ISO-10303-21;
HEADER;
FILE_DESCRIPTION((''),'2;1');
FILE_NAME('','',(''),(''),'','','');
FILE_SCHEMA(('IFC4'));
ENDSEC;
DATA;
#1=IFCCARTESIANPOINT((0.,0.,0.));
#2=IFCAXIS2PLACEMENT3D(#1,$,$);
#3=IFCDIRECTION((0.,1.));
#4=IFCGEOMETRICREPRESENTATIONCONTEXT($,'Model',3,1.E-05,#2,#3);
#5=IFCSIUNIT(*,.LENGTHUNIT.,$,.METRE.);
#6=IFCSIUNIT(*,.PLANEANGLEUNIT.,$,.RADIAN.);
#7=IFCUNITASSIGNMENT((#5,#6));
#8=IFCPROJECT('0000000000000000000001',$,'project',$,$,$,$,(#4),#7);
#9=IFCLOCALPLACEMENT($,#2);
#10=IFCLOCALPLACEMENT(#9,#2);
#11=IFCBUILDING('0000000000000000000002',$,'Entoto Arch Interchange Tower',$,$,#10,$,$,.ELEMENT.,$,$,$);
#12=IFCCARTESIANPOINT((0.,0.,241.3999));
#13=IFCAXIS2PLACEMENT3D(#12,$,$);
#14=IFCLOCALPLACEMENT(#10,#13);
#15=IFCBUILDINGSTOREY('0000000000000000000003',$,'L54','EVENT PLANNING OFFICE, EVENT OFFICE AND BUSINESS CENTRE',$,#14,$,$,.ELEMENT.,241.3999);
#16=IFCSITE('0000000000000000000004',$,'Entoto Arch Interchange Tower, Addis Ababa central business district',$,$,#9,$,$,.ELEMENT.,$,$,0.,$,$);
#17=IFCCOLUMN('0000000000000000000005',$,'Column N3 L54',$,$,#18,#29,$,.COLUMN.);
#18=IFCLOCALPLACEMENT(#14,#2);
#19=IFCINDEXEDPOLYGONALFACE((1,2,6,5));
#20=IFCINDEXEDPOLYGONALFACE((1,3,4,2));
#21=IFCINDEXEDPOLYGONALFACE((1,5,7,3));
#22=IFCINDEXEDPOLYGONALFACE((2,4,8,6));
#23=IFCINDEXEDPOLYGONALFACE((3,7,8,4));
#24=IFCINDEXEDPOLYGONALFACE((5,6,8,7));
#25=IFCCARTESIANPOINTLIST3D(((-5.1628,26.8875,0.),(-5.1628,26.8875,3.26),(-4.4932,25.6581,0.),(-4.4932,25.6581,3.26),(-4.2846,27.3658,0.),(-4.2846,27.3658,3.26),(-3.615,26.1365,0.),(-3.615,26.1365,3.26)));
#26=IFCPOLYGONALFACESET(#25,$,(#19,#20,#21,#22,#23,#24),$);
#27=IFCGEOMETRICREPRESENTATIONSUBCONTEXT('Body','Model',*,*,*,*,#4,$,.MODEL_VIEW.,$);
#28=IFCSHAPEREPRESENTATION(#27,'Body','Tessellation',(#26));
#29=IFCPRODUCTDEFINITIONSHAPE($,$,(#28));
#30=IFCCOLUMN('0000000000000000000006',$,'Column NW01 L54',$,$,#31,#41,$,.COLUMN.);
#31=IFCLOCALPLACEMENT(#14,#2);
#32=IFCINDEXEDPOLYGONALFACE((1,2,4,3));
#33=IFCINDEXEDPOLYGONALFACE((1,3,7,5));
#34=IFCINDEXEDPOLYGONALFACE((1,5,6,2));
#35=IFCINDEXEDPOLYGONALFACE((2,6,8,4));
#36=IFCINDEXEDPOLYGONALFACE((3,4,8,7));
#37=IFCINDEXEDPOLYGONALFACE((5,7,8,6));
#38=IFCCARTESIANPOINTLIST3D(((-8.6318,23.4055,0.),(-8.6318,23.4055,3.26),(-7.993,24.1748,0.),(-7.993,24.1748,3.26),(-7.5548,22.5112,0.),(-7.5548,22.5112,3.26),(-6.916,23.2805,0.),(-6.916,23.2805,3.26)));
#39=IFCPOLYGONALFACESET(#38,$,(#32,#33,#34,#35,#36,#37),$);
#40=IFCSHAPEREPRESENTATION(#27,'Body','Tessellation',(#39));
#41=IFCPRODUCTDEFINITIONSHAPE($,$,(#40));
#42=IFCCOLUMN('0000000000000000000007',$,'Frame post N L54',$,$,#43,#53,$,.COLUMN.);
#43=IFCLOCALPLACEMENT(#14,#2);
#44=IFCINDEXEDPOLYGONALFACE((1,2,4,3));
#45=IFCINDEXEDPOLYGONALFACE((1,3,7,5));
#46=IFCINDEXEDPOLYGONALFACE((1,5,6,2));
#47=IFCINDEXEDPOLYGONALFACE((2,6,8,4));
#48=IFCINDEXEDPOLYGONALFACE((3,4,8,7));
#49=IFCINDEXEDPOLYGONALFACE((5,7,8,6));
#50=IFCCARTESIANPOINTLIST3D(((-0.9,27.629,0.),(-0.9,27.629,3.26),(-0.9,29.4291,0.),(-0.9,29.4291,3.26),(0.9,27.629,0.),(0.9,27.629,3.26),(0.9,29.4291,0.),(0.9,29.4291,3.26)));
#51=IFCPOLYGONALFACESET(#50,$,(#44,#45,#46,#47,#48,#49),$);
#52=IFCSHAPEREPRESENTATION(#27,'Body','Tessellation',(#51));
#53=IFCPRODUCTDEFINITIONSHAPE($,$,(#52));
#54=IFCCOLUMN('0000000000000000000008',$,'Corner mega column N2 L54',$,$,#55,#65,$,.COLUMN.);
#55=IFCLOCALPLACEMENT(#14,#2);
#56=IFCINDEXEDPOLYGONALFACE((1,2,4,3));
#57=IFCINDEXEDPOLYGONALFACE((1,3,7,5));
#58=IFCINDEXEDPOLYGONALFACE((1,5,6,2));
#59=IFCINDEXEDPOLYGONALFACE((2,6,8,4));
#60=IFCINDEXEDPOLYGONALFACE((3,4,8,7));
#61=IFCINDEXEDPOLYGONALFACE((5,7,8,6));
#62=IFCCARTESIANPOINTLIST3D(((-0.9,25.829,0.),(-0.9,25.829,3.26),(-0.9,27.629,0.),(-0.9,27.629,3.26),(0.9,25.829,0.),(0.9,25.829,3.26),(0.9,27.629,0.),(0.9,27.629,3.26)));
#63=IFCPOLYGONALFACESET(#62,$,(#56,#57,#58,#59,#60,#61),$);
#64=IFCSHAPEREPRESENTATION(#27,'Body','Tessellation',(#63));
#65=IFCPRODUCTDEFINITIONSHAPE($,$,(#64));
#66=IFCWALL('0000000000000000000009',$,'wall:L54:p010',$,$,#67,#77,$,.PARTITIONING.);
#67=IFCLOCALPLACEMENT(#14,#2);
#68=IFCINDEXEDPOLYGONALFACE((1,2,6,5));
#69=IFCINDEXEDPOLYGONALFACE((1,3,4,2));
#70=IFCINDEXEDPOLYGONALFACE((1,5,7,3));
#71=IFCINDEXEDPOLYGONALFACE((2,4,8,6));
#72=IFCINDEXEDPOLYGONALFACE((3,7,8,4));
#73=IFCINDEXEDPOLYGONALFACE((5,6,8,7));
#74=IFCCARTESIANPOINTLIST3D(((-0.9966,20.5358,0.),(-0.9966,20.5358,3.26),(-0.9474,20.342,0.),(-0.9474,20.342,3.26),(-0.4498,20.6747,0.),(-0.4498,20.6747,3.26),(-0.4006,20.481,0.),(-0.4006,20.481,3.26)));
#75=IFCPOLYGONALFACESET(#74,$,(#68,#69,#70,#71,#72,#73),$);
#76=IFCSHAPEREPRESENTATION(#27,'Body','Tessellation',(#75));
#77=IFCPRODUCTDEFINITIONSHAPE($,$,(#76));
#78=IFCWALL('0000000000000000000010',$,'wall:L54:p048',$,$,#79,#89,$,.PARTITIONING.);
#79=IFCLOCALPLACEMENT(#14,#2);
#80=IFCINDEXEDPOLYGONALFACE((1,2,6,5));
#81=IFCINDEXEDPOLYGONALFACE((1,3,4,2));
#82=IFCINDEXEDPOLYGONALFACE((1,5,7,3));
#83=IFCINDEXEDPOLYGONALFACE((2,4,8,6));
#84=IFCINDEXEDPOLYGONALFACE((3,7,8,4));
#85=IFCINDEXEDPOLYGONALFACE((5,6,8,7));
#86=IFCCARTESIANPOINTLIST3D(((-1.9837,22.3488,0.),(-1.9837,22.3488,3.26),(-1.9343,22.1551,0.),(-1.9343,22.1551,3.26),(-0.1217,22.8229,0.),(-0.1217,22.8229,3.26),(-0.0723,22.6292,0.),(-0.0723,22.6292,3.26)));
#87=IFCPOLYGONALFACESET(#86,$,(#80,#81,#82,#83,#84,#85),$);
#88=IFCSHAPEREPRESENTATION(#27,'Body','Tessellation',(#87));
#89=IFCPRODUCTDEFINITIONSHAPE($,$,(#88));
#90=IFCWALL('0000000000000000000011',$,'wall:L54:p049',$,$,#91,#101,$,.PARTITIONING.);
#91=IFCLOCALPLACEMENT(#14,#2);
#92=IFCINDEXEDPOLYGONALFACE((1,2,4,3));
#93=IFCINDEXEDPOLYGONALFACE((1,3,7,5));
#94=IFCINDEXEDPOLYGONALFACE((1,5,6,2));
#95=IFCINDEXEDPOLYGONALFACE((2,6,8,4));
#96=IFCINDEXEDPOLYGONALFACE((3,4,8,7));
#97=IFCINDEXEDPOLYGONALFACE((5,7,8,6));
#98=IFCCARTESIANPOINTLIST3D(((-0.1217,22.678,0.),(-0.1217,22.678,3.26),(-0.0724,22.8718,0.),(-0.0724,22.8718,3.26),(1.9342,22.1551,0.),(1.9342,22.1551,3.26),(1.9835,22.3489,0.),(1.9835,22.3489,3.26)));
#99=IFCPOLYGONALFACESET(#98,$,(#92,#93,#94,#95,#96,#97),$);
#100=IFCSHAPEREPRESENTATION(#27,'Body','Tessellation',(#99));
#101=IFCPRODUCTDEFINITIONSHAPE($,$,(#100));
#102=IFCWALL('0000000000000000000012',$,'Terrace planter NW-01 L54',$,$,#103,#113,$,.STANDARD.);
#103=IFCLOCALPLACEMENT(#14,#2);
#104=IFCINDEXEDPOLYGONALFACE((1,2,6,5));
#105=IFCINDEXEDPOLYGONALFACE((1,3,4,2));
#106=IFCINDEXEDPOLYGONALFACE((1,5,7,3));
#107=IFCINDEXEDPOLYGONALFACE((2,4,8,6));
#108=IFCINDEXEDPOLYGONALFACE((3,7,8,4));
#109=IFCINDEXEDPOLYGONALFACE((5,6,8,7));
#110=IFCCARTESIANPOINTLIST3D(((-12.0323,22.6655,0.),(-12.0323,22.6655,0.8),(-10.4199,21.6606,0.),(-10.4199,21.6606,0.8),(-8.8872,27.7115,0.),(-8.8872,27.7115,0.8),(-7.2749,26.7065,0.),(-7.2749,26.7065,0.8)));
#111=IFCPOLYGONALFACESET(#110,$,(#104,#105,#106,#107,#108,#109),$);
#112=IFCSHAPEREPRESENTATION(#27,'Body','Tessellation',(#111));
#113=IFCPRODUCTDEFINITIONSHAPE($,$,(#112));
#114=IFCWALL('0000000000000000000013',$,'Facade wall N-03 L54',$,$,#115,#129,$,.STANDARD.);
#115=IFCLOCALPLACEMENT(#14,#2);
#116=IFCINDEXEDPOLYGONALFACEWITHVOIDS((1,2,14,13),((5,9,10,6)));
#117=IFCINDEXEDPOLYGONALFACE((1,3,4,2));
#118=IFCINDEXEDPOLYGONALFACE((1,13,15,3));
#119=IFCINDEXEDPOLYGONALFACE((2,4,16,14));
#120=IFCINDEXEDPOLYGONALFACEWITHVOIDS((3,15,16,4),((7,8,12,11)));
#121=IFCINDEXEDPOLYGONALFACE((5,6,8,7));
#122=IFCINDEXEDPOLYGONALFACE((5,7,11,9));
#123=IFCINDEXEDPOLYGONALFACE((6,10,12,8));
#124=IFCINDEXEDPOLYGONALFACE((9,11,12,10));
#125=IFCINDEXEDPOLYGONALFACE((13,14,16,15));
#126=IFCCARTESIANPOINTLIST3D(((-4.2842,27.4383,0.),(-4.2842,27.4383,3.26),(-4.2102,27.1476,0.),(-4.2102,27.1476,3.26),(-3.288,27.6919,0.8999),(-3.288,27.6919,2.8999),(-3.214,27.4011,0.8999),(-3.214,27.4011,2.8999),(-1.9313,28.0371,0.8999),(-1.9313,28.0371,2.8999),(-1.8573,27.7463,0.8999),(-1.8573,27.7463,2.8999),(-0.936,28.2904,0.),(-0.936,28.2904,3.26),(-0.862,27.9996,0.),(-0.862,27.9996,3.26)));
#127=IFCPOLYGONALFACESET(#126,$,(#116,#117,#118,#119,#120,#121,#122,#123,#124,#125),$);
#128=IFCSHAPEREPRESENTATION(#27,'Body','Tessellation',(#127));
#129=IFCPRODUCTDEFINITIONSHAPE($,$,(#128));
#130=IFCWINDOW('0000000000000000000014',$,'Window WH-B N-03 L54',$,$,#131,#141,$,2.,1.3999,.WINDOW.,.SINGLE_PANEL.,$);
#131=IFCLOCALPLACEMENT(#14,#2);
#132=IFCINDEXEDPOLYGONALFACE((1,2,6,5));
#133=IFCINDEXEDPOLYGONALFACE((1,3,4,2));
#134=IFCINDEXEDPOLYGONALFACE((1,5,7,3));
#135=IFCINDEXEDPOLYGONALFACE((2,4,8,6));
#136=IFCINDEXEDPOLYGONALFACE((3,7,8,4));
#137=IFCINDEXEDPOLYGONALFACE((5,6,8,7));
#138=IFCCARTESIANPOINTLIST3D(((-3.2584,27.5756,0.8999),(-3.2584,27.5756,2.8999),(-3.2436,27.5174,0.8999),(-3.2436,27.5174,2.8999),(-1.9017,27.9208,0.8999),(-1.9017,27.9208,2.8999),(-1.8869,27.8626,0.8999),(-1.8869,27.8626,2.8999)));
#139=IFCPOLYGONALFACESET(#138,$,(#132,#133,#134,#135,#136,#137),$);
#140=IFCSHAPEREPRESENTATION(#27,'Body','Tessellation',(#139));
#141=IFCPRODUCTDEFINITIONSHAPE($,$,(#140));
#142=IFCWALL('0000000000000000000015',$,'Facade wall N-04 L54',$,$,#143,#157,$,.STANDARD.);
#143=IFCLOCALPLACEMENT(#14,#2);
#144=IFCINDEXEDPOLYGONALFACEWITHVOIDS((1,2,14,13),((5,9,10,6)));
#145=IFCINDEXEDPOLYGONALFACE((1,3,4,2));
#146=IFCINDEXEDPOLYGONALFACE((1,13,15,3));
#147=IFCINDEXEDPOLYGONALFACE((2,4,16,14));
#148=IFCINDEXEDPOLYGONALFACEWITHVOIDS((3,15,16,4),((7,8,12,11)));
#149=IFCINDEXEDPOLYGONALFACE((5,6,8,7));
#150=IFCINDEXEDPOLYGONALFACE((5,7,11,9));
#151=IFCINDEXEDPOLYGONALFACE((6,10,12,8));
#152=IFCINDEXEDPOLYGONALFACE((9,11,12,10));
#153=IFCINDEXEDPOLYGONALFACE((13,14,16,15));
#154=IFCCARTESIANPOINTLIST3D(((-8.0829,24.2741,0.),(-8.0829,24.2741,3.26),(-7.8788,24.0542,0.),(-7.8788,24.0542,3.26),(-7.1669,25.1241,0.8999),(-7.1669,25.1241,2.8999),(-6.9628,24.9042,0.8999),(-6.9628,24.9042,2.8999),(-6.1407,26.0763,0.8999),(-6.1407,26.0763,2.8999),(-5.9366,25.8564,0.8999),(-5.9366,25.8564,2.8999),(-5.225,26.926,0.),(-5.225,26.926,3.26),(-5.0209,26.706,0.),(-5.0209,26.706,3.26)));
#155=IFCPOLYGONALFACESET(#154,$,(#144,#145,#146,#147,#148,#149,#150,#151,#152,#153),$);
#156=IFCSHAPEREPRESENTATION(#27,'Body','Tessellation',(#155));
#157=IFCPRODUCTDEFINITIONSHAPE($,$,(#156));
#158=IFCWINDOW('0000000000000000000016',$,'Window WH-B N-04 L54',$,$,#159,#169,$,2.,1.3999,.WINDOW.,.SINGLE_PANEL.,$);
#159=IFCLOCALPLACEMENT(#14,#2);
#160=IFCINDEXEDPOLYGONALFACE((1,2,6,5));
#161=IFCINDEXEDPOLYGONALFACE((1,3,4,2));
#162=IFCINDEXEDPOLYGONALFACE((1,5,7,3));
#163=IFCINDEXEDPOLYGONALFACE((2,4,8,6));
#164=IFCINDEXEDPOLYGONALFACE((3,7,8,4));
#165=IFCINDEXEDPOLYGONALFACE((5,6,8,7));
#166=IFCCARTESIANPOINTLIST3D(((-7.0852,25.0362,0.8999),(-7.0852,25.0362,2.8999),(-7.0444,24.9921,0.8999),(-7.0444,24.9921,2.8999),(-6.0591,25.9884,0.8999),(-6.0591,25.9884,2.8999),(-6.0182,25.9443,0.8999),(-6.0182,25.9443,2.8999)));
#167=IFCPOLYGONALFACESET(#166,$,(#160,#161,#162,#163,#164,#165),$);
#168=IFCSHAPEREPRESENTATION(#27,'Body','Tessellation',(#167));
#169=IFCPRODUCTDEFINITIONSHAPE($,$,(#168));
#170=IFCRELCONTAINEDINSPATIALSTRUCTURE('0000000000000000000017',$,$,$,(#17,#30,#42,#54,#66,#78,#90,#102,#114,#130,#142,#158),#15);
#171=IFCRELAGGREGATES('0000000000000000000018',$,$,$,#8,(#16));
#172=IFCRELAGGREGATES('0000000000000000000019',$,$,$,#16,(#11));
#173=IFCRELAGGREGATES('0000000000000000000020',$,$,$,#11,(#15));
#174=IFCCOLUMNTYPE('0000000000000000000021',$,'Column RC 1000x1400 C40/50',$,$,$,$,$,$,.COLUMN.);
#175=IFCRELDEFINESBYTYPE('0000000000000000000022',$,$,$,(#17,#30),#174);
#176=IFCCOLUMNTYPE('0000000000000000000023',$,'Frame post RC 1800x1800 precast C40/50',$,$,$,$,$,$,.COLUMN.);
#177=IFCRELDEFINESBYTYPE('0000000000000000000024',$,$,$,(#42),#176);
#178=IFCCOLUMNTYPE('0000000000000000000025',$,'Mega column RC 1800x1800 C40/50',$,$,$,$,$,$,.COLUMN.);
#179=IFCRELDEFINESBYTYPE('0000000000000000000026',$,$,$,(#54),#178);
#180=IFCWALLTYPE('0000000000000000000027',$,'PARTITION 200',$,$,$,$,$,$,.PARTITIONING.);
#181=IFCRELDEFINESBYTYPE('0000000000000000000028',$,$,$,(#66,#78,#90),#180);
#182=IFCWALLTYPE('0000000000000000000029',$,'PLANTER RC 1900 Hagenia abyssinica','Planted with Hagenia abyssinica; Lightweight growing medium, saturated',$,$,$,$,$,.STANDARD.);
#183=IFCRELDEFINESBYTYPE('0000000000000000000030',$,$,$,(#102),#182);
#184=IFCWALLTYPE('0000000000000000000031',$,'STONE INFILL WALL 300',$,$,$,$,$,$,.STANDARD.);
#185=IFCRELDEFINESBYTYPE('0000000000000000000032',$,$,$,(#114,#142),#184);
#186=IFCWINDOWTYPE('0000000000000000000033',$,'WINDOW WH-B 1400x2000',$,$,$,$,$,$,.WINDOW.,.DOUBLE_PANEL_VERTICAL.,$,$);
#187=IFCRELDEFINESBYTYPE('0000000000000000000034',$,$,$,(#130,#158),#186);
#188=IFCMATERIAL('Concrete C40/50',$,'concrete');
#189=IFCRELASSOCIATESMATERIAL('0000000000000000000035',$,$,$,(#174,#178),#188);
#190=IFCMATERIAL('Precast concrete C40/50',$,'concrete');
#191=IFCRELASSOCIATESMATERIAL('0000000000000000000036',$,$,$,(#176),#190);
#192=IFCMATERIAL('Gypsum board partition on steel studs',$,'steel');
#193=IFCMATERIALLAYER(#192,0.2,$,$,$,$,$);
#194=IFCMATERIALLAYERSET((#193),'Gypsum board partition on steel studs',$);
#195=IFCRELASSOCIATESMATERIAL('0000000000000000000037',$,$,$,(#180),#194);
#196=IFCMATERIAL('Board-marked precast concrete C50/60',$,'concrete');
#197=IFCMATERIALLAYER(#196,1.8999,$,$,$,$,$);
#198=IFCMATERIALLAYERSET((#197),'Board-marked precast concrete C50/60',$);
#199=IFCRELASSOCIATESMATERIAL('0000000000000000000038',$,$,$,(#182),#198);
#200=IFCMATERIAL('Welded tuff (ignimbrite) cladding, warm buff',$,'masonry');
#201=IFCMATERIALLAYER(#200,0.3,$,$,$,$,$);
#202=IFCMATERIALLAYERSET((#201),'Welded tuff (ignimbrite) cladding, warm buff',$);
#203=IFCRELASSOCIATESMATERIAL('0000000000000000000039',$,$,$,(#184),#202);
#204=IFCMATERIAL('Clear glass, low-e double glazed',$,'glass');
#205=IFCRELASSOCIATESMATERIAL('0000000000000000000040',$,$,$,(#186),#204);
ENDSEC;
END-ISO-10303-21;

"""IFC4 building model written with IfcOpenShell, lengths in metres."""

from ifc_helpers import new_model, si_unit, direction, frame, frame_2d, origin, origin_2d, place, context, subcontext, project, spatial, rectangle, extrude, material, layer, layer_set, material_profile, profile_set, type_object, element, fill, save


model = new_model("IFC4")

# Units and contexts
model_context = context("Model", 3, precision=1e-05, world=origin(), true_north=direction((0.0, 1.0)))
body_context = subcontext(model_context, "Body", "Model", "MODEL_VIEW")
ifc_project = project(units=[si_unit("LENGTHUNIT", "METRE"), si_unit("PLANEANGLEUNIT", "RADIAN")], contexts=[model_context])

# Site, building, storey
site_placement = place(None, origin())
site = spatial("IfcSite", under=ifc_project, at=site_placement, Name="Entoto Arch Interchange Tower, Addis Ababa central business district", CompositionType="ELEMENT", RefElevation=0.0)
building_placement = place(site_placement, origin())
building = spatial("IfcBuilding", under=site, at=building_placement, Name="Entoto Arch Interchange Tower", CompositionType="ELEMENT")
storey_placement = place(building_placement, frame((0.0, 0.0, 241.3999)))
storey = spatial("IfcBuildingStorey", under=building, at=storey_placement, Name="L54", Description="EVENT PLANNING OFFICE, EVENT OFFICE AND BUSINESS CENTRE", CompositionType="ELEMENT", Elevation=241.3999)

# Columns
ifc_material_1 = material(Name="Concrete C40/50", Category="concrete")
ifc_material_profile_1 = material_profile(ifc_material_1, rectangle(XDim=1.0, YDim=1.3999, at=origin_2d()))
ifc_profile_set_1 = profile_set([ifc_material_profile_1], Name="Concrete C40/50")
column_type_1 = type_object("IfcColumnType", Name="Column RC 1000x1400 C40/50", PredefinedType="COLUMN", material=ifc_profile_set_1)
for number, where, z_axis, x_axis, name in (
    (1, (-4.3889, 26.512, 0.0), (0.0, 0.0, 1.0), (0.878175, 0.478339, 0.0), "Column N3 L54"),
    (2, (-7.7739, 23.343, 0.0), (0.0, 0.0, 1.0), (0.638835, 0.769344, 0.0), "Column NW01 L54"),
):
    element("IfcColumn", number, at=place(storey_placement, frame(where, z_axis=z_axis, x_axis=x_axis)), inside=storey, type_object=column_type_1, Name=name, PredefinedType="COLUMN", context=body_context, shape_type="SweptSolid", body=[
        extrude(rectangle(XDim=1.0, YDim=1.3999, at=origin_2d()), origin(), (0.0, 0.0, 1.0), 3.26),
    ])
ifc_material_2 = material(Name="Precast concrete C40/50", Category="concrete")
ifc_material_profile_2 = material_profile(ifc_material_2, rectangle(XDim=1.8, YDim=1.8, at=origin_2d()))
ifc_profile_set_2 = profile_set([ifc_material_profile_2], Name="Precast concrete C40/50")
column_type_2 = type_object("IfcColumnType", Name="Frame post RC 1800x1800 precast C40/50", PredefinedType="COLUMN", material=ifc_profile_set_2)
column_1_placement = place(storey_placement, frame((0.0, 28.5291, 0.0), z_axis=(0.0, 0.0, 1.0), x_axis=(0.0, 1.0, 0.0)))
element("IfcColumn", 3, at=column_1_placement, inside=storey, type_object=column_type_2, Name="Frame post N L54", PredefinedType="COLUMN", context=body_context, shape_type="SweptSolid", body=[
    extrude(rectangle(XDim=1.8, YDim=1.8, at=origin_2d()), origin(), (0.0, 0.0, 1.0), 3.26),
])
ifc_material_profile_3 = material_profile(ifc_material_1, rectangle(XDim=1.8, YDim=1.8, at=origin_2d()))
ifc_profile_set_3 = profile_set([ifc_material_profile_3], Name="Concrete C40/50")
column_type_3 = type_object("IfcColumnType", Name="Mega column RC 1800x1800 C40/50", PredefinedType="COLUMN", material=ifc_profile_set_3)
column_2_placement = place(storey_placement, frame((0.0, 26.729, 0.0), z_axis=(0.0, 0.0, 1.0), x_axis=(0.0, 1.0, 0.0)))
element("IfcColumn", 4, at=column_2_placement, inside=storey, type_object=column_type_3, Name="Corner mega column N2 L54", PredefinedType="COLUMN", context=body_context, shape_type="SweptSolid", body=[
    extrude(rectangle(XDim=1.8, YDim=1.8, at=origin_2d()), origin(), (0.0, 0.0, 1.0), 3.26),
])

# Walls
ifc_material_3 = material(Name="Gypsum board partition on steel studs", Category="steel")
ifc_layer_1 = layer(ifc_material_3, 0.2)
ifc_layer_set_1 = layer_set([ifc_layer_1], Name="Gypsum board partition on steel studs")
wall_type_1 = type_object("IfcWallType", Name="PARTITION 200", PredefinedType="PARTITIONING", material=ifc_layer_set_1)
wall_1_placement = place(storey_placement, frame((-0.425, 20.5779, 0.0), z_axis=(0.0, 0.0, 1.0), x_axis=(-0.969219, -0.246199, 0.0)))
element("IfcWall", 5, at=wall_1_placement, inside=storey, type_object=wall_type_1, Name="wall:L54:p010", PredefinedType="PARTITIONING", context=body_context, shape_type="SweptSolid", body=[
    extrude(rectangle(XDim=0.5642, YDim=0.2, at=frame_2d((0.2822, 0.0))), origin(), (0.0, 0.0, 1.0), 3.26),
])
wall_2_placement = place(storey_placement, frame((-1.959, 22.252, 0.0), z_axis=(0.0, 0.0, 1.0), x_axis=(0.969079, 0.246749, 0.0)))
element("IfcWall", 6, at=wall_2_placement, inside=storey, type_object=wall_type_1, Name="wall:L54:p048", PredefinedType="PARTITIONING", context=body_context, shape_type="SweptSolid", body=[
    extrude(rectangle(XDim=1.9214, YDim=0.2, at=frame_2d((0.9607, 0.0))), origin(), (0.0, 0.0, 1.0), 3.26),
])
wall_3_placement = place(storey_placement, frame((-0.0969, 22.7749, 0.0), z_axis=(0.0, 0.0, 1.0), x_axis=(0.969139, -0.246514, 0.0)))
element("IfcWall", 7, at=wall_3_placement, inside=storey, type_object=wall_type_1, Name="wall:L54:p049", PredefinedType="PARTITIONING", context=body_context, shape_type="SweptSolid", body=[
    extrude(rectangle(XDim=2.1213, YDim=0.2, at=frame_2d((1.0605, 0.0))), origin(), (0.0, 0.0, 1.0), 3.26),
])
ifc_material_4 = material(Name="Board-marked precast concrete C50/60", Category="concrete")
ifc_layer_2 = layer(ifc_material_4, 1.8999)
ifc_layer_set_2 = layer_set([ifc_layer_2], Name="Board-marked precast concrete C50/60")
wall_type_2 = type_object("IfcWallType", Name="PLANTER RC 1900 Hagenia abyssinica", Description="Planted with Hagenia abyssinica; Lightweight growing medium, saturated", PredefinedType="STANDARD", material=ifc_layer_set_2)
wall_4_placement = place(storey_placement, frame((-8.0811, 27.209, 0.0), z_axis=(0.0, 0.0, 1.0), x_axis=(-0.52895, -0.848653, 0.0)))
element("IfcWall", 8, at=wall_4_placement, inside=storey, type_object=wall_type_2, Name="Terrace planter NW-01 L54", PredefinedType="STANDARD", context=body_context, shape_type="SweptSolid", body=[
    extrude(rectangle(XDim=5.9458, YDim=1.8999, at=frame_2d((2.9729, 0.0))), origin(), (0.0, 0.0, 1.0), 0.8),
])

# Walls, openings, windows
ifc_material_5 = material(Name="Welded tuff (ignimbrite) cladding, warm buff", Category="masonry")
ifc_layer_3 = layer(ifc_material_5, 0.3)
ifc_layer_set_3 = layer_set([ifc_layer_3], Name="Welded tuff (ignimbrite) cladding, warm buff")
wall_type_3 = type_object("IfcWallType", Name="STONE INFILL WALL 300", PredefinedType="STANDARD", material=ifc_layer_set_3)
wall_5_placement = place(storey_placement, frame((-0.8989, 28.145, 0.0), z_axis=(0.0, 0.0, 1.0), x_axis=(-0.969111, -0.246624, 0.0)))
wall_5 = element("IfcWall", 9, at=wall_5_placement, inside=storey, type_object=wall_type_3, Name="Facade wall N-03 L54", PredefinedType="STANDARD", context=body_context, shape_type="SweptSolid", body=[
    extrude(rectangle(XDim=3.4548, YDim=0.3, at=frame_2d((1.7275, 0.0))), origin(), (0.0, 0.0, 1.0), 3.26),
])
opening_1_placement = place(wall_5_placement, frame((1.0271, 0.0, 0.8999)))
opening_1 = element("IfcOpeningElement", 10, at=opening_1_placement, cuts=wall_5, PredefinedType="OPENING", context=body_context, shape_type="SweptSolid", body=[
    extrude(rectangle(XDim=1.3999, YDim=2.0, at=frame_2d((0.7, 1.0))), frame((0.0, 0.1602, 0.0), z_axis=(0.0, -1.0, 0.0), x_axis=(1.0, 0.0, 0.0)), (0.0, 0.0, 1.0), 0.3201),
])
ifc_material_6 = material(Name="Clear glass, low-e double glazed", Category="glass")
window_type = type_object("IfcWindowType", Name="WINDOW WH-B 1400x2000", PartitioningType="DOUBLE_PANEL_VERTICAL", PredefinedType="WINDOW", material=ifc_material_6)
window_1_placement = place(opening_1_placement, origin())
window_1 = element("IfcWindow", 11, at=window_1_placement, inside=storey, type_object=window_type, Name="Window WH-B N-03 L54", OverallHeight=2.0, OverallWidth=1.3999, PartitioningType="SINGLE_PANEL", PredefinedType="WINDOW", context=body_context, shape_type="SweptSolid", body=[
    extrude(rectangle(XDim=1.3999, YDim=2.0, at=frame_2d((0.7, 1.0))), frame((0.0, 0.03, 0.0), z_axis=(0.0, -1.0, 0.0), x_axis=(1.0, 0.0, 0.0)), (0.0, 0.0, 1.0), 0.0601),
])
fill(opening_1, window_1)
wall_6_placement = place(storey_placement, frame((-5.123, 26.8159, 0.0), z_axis=(0.0, 0.0, 1.0), x_axis=(-0.733039, -0.680187, 0.0)))
wall_6 = element("IfcWall", 12, at=wall_6_placement, inside=storey, type_object=wall_type_3, Name="Facade wall N-04 L54", PredefinedType="STANDARD", context=body_context, shape_type="SweptSolid", body=[
    extrude(rectangle(XDim=3.8987, YDim=0.3, at=frame_2d((1.9492, 0.0))), origin(), (0.0, 0.0, 1.0), 3.26),
])
opening_2_placement = place(wall_6_placement, frame((1.249, 0.0, 0.8999)))
opening_2 = element("IfcOpeningElement", 13, at=opening_2_placement, cuts=wall_6, PredefinedType="OPENING", context=body_context, shape_type="SweptSolid", body=[
    extrude(rectangle(XDim=1.3999, YDim=2.0, at=frame_2d((0.7, 1.0))), frame((0.0, 0.1602, 0.0), z_axis=(0.0, -1.0, 0.0), x_axis=(1.0, 0.0, 0.0)), (0.0, 0.0, 1.0), 0.3201),
])
window_2_placement = place(opening_2_placement, origin())
window_2 = element("IfcWindow", 14, at=window_2_placement, inside=storey, type_object=window_type, Name="Window WH-B N-04 L54", OverallHeight=2.0, OverallWidth=1.3999, PartitioningType="SINGLE_PANEL", PredefinedType="WINDOW", context=body_context, shape_type="SweptSolid", body=[
    extrude(rectangle(XDim=1.3999, YDim=2.0, at=frame_2d((0.7, 1.0))), frame((0.0, 0.03, 0.0), z_axis=(0.0, -1.0, 0.0), x_axis=(1.0, 0.0, 0.0)), (0.0, 0.0, 1.0), 0.0601),
])
fill(opening_2, window_2)

save(model, "model.ifc")
